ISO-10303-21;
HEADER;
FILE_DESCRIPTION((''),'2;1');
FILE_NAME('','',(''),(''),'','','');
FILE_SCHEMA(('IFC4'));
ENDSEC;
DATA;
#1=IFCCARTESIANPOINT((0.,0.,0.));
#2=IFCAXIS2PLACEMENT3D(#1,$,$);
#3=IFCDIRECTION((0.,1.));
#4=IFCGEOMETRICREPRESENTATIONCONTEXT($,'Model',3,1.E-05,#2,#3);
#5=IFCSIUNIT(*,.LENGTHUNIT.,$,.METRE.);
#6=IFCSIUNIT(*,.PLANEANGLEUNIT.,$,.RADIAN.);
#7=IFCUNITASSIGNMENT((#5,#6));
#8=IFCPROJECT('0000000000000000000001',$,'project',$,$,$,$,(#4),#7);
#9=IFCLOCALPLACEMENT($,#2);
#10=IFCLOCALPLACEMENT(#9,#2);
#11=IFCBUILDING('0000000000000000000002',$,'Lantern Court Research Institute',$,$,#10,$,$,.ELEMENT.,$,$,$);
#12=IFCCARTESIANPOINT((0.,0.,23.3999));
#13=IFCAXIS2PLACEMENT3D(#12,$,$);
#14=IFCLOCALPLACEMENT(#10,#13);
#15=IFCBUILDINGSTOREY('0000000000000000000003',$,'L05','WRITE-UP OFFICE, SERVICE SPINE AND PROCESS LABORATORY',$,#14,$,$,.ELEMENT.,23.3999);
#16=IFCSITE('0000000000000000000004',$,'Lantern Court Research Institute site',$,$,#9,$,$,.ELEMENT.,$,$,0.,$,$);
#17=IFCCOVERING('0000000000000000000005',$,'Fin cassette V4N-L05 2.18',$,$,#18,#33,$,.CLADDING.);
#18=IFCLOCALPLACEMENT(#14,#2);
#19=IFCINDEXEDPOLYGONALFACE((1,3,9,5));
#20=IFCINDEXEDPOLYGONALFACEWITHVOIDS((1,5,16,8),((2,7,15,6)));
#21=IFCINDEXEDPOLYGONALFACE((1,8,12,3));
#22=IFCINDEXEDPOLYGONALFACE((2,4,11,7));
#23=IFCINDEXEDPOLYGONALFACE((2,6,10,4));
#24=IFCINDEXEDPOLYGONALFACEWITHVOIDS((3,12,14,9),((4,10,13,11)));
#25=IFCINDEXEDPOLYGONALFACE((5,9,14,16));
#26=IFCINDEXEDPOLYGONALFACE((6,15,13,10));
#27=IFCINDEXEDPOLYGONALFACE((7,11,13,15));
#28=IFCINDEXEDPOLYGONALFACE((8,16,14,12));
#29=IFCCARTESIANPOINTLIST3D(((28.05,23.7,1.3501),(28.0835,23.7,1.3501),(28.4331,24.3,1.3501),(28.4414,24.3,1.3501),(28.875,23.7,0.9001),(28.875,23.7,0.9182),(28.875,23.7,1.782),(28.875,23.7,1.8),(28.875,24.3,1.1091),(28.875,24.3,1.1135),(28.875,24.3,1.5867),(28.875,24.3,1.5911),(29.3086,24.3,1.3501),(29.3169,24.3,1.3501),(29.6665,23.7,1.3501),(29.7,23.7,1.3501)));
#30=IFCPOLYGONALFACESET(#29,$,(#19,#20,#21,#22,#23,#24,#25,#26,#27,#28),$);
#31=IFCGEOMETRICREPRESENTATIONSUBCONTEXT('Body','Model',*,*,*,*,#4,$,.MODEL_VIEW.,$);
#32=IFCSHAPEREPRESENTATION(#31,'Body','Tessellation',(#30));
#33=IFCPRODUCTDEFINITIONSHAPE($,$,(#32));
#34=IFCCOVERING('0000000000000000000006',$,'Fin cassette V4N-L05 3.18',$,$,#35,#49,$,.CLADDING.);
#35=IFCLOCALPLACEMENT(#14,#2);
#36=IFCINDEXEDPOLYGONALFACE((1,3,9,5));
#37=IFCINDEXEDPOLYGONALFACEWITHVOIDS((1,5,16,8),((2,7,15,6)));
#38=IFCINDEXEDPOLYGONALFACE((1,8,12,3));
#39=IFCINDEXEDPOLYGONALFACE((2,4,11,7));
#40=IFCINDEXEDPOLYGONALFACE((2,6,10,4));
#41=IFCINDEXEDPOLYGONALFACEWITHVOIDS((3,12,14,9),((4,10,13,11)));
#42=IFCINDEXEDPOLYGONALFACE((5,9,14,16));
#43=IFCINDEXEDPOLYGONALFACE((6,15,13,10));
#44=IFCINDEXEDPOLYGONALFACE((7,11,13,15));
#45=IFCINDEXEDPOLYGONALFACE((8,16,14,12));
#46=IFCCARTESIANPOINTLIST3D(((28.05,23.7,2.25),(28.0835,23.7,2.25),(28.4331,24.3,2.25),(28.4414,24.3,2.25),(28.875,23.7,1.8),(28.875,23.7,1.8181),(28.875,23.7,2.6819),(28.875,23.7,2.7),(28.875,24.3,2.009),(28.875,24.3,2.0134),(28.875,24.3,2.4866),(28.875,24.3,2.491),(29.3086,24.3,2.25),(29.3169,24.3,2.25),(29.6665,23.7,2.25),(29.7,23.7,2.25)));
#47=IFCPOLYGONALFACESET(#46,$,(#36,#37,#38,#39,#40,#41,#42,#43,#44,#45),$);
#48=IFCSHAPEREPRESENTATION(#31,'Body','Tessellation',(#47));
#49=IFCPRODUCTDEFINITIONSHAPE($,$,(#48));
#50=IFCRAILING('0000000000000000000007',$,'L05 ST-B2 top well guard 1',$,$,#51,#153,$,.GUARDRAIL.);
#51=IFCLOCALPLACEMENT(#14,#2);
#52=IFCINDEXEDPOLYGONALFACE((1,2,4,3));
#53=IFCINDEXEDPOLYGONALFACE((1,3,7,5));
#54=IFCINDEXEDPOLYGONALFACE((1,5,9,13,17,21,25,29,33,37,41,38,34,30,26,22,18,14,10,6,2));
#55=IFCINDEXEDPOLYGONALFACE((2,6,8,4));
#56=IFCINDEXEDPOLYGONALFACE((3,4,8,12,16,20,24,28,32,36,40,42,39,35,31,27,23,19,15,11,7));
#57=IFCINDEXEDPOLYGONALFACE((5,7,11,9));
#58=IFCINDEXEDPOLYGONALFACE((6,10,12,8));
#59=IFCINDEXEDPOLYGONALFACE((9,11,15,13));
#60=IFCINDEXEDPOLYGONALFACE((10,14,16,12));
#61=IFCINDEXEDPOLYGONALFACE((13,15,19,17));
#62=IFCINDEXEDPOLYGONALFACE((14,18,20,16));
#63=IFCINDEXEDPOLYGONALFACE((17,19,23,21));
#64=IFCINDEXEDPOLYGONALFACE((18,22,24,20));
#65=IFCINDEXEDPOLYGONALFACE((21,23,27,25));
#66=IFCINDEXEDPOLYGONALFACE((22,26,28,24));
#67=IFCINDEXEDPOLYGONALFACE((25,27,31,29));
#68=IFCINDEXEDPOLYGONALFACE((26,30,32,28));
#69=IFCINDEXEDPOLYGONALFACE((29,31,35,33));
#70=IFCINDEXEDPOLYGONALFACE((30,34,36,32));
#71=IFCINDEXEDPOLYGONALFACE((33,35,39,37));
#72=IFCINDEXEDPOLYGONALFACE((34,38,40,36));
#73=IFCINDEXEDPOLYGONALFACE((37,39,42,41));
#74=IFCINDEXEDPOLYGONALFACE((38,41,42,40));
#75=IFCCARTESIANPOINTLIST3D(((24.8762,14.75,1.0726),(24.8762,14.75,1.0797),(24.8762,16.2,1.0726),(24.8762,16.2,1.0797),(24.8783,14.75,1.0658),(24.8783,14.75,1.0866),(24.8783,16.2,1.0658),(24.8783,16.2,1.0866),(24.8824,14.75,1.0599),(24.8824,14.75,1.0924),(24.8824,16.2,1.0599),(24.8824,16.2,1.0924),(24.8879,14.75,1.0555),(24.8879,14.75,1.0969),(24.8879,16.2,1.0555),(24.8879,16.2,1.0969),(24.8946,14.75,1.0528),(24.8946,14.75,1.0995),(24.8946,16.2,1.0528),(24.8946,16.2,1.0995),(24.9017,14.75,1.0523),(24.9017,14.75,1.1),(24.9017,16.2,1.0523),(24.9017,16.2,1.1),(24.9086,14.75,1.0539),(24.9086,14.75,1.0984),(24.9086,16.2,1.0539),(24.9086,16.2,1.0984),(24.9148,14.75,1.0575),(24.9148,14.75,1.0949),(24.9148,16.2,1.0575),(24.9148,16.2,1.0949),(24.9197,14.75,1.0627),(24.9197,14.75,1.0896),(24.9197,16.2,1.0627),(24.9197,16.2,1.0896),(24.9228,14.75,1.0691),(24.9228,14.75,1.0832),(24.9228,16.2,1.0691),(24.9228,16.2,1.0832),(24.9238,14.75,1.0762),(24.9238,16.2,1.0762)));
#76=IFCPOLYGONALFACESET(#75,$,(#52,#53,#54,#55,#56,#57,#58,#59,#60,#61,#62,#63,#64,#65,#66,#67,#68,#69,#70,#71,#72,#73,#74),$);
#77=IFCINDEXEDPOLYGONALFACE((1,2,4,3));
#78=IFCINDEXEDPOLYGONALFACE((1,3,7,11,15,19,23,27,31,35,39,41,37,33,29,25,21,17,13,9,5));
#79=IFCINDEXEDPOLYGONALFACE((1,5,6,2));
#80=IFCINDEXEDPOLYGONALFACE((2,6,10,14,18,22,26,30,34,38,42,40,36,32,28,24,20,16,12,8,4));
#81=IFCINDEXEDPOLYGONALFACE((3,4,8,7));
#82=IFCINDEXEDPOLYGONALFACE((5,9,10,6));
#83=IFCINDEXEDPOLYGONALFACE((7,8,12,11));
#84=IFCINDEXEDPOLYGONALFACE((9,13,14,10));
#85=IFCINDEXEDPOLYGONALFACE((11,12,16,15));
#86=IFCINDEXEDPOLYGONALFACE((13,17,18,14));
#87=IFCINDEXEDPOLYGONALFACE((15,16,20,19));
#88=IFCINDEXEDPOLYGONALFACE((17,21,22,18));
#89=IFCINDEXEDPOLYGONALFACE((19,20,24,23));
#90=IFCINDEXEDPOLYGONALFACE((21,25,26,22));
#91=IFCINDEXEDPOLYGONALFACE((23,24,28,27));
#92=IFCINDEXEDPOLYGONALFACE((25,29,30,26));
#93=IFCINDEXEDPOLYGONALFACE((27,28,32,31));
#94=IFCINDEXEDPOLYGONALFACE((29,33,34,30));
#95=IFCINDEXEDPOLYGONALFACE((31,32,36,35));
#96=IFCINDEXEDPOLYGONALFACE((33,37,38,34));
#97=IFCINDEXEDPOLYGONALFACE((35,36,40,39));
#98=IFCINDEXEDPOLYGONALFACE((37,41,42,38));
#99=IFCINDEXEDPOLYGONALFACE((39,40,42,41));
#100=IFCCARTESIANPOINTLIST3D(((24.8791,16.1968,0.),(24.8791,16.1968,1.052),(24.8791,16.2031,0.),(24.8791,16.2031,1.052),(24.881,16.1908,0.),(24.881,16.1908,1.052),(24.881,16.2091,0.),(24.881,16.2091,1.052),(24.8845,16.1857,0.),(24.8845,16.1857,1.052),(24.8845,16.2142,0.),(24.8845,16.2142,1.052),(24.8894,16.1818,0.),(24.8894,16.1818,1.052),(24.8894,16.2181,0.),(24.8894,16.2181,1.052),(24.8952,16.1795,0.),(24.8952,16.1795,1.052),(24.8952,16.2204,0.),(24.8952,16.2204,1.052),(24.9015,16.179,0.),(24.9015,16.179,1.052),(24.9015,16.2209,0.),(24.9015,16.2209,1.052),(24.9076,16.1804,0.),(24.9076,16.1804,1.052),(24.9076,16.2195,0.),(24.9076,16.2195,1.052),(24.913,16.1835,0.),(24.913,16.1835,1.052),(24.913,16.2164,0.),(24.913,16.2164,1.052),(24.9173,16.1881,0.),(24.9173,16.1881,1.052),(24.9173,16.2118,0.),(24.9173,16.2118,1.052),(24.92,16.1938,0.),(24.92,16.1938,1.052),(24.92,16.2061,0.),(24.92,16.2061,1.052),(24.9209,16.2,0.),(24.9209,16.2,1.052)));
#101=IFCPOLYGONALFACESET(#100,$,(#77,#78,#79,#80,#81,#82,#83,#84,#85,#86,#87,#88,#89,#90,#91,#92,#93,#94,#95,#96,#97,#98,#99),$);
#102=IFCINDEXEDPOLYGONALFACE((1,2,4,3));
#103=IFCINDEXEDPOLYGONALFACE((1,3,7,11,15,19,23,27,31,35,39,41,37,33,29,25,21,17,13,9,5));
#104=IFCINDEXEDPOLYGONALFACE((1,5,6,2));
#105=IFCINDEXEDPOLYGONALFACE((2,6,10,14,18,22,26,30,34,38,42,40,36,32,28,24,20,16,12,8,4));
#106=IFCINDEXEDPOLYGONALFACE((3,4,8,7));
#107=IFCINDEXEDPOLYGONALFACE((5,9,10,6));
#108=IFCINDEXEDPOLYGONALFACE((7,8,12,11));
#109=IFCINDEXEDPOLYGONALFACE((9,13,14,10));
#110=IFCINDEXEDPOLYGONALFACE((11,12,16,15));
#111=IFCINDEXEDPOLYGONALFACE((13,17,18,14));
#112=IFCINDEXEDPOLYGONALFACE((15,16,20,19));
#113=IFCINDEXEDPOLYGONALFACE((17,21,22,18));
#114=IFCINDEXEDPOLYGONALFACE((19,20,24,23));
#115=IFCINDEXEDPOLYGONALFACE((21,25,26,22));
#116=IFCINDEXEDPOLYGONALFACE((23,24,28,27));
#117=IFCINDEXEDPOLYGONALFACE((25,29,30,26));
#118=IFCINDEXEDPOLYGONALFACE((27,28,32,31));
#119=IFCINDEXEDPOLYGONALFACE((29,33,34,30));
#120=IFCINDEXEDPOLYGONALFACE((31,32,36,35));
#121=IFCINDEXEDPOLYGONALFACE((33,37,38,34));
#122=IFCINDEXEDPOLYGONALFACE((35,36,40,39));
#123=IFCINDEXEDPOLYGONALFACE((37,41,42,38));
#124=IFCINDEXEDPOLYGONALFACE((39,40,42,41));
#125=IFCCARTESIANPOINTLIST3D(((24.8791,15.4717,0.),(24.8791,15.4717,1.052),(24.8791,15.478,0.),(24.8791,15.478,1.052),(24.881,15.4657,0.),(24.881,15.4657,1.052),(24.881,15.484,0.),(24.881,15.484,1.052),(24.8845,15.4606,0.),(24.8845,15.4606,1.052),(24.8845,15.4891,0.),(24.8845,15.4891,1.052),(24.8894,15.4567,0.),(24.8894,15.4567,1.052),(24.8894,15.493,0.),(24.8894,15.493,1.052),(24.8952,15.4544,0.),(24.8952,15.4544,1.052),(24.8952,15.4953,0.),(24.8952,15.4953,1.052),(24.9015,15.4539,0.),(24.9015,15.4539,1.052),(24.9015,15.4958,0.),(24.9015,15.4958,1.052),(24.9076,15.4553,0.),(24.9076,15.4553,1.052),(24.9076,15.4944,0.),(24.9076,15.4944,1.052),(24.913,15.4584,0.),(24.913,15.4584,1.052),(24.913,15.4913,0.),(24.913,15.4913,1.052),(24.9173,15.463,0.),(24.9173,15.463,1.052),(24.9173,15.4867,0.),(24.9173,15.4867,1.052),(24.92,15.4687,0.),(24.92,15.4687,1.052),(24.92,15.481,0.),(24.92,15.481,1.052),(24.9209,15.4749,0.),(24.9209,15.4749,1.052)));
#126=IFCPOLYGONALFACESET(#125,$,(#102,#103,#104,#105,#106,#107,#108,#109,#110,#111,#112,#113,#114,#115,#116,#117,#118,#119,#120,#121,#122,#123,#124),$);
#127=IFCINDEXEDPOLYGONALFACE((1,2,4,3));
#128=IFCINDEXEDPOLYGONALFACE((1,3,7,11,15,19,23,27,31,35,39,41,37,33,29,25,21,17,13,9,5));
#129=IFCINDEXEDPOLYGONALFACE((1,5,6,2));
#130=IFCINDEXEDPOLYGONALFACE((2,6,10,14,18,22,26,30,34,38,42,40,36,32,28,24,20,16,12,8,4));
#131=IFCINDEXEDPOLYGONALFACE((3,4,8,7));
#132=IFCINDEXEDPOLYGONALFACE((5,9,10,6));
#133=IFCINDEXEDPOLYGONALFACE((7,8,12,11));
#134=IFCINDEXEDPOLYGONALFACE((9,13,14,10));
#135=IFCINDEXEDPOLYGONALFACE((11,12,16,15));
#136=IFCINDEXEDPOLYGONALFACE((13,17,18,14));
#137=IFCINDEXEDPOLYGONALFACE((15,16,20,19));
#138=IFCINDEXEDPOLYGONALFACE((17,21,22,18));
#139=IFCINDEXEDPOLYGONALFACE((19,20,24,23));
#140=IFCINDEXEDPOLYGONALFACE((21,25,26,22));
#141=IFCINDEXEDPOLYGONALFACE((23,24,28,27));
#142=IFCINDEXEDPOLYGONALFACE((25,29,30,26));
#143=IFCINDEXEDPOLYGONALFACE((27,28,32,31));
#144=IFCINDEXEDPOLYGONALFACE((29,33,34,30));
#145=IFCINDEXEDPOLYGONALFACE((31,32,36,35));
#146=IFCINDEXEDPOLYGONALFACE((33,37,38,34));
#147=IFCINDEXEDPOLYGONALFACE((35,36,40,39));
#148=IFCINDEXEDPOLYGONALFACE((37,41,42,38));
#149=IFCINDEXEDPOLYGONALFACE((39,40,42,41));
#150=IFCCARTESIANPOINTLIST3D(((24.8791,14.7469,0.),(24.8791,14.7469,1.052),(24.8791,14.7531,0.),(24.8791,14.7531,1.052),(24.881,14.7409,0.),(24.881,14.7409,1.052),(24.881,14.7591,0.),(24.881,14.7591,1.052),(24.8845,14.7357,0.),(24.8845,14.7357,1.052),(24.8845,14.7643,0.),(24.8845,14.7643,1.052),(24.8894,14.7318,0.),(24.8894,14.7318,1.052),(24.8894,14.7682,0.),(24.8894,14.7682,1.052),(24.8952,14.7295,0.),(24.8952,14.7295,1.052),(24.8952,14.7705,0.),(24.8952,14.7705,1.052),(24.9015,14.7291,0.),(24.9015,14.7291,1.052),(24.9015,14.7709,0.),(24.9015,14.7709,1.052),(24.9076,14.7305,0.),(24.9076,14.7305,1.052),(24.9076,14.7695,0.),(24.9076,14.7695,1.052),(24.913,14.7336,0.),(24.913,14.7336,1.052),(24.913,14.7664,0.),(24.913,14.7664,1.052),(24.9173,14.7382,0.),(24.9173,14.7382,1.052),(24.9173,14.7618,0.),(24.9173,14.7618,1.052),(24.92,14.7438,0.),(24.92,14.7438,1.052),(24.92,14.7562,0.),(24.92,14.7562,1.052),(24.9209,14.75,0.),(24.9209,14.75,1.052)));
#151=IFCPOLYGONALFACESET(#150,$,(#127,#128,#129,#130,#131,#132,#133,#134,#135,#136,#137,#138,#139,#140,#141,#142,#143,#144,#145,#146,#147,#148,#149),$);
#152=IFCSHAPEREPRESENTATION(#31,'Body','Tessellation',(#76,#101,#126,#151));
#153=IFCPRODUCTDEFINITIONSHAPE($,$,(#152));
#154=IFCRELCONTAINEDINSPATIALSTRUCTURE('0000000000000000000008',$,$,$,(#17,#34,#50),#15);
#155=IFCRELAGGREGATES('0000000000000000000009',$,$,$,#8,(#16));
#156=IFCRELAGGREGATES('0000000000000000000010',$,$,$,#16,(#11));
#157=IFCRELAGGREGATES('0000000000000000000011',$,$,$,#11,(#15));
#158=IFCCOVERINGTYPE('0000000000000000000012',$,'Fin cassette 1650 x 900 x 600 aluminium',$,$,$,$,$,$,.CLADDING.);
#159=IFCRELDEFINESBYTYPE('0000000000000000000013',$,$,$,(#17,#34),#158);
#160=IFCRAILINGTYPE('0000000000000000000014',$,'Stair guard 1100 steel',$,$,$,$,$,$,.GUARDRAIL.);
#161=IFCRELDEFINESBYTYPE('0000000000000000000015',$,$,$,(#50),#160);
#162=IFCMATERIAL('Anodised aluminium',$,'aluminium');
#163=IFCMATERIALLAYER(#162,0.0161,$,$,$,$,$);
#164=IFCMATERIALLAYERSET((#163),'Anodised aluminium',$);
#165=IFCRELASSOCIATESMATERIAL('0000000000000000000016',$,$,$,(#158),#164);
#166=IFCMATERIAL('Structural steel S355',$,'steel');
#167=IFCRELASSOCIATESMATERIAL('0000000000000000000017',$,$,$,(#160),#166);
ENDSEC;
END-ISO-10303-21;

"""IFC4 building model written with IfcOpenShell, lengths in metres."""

from ifc_helpers import new_model, entity, si_unit, direction, frame, origin, origin_2d, place, context, subcontext, project, spatial, circle, extrude, material, layer, layer_set, type_object, element, save


model = new_model("IFC4")

# Units and contexts
model_context = context("Model", 3, precision=1e-05, world=origin(), true_north=direction((0.0, 1.0)))
body_context = subcontext(model_context, "Body", "Model", "MODEL_VIEW")
ifc_project = project(units=[si_unit("LENGTHUNIT", "METRE"), si_unit("PLANEANGLEUNIT", "RADIAN")], contexts=[model_context])

# Site, building, storey
site_placement = place(None, origin())
site = spatial("IfcSite", under=ifc_project, at=site_placement, Name="Lantern Court Research Institute site", CompositionType="ELEMENT", RefElevation=0.0)
building_placement = place(site_placement, origin())
building = spatial("IfcBuilding", under=site, at=building_placement, Name="Lantern Court Research Institute", CompositionType="ELEMENT")
storey_placement = place(building_placement, frame((0.0, 0.0, 23.3999)))
storey = spatial("IfcBuildingStorey", under=building, at=storey_placement, Name="L05", Description="WRITE-UP OFFICE, SERVICE SPINE AND PROCESS LABORATORY", CompositionType="ELEMENT", Elevation=23.3999)

# Coverings
ifc_material_1 = material(Name="Anodised aluminium", Category="aluminium")
ifc_layer_1 = layer(ifc_material_1, 0.0161)
ifc_layer_set_1 = layer_set([ifc_layer_1], Name="Anodised aluminium")
covering_type = type_object("IfcCoveringType", Name="Fin cassette 1650 x 900 x 600 aluminium", PredefinedType="CLADDING", material=ifc_layer_set_1)
covering_1_placement = place(storey_placement, frame((28.875, 23.7, 1.3501), z_axis=(0.0, 1.0, 0.0), x_axis=(-1.0, 0.0, 0.0)))
cartesian_point_1 = entity("IfcCartesianPoint", [0.825, 0.0])
cartesian_point_2 = entity("IfcCartesianPoint", [0.7915, 0.0])
cartesian_point_3 = entity("IfcCartesianPoint", [0.4419, 0.0])
cartesian_point_4 = entity("IfcCartesianPoint", [0.4336, 0.0])
element("IfcCovering", 1, at=covering_1_placement, inside=storey, type_object=covering_type, Name="Fin cassette V4N-L05 2.18", PredefinedType="CLADDING", context=body_context, shape_type="SweptSolid", body=[
    entity("IfcExtrudedAreaSolidTapered", entity("IfcArbitraryProfileDefWithVoids", "AREA", None, entity("IfcPolyline", [cartesian_point_1, entity("IfcCartesianPoint", [0.0, 0.45]), entity("IfcCartesianPoint", [-0.825, 0.0]), entity("IfcCartesianPoint", [0.0, -0.45]), cartesian_point_1]), [entity("IfcPolyline", [cartesian_point_2, entity("IfcCartesianPoint", [0.0, 0.4319]), entity("IfcCartesianPoint", [-0.7915, 0.0]), entity("IfcCartesianPoint", [0.0, -0.4319]), cartesian_point_2])]), entity("IfcAxis2Placement3D", entity("IfcCartesianPoint", [0.0, 0.0, 0.0])), entity("IfcDirection", [0.0, 0.0, 1.0]), 0.6001, entity("IfcArbitraryProfileDefWithVoids", "AREA", None, entity("IfcPolyline", [cartesian_point_3, entity("IfcCartesianPoint", [0.0, 0.241]), entity("IfcCartesianPoint", [-0.4419, 0.0]), entity("IfcCartesianPoint", [0.0, -0.241]), cartesian_point_3]), [entity("IfcPolyline", [cartesian_point_4, entity("IfcCartesianPoint", [0.0, 0.2366]), entity("IfcCartesianPoint", [-0.4336, 0.0]), entity("IfcCartesianPoint", [0.0, -0.2366]), cartesian_point_4])])),
])
covering_2_placement = place(storey_placement, frame((28.875, 23.7, 2.25), z_axis=(0.0, 1.0, 0.0), x_axis=(-1.0, 0.0, 0.0)))
cartesian_point_5 = entity("IfcCartesianPoint", [0.825, 0.0])
cartesian_point_6 = entity("IfcCartesianPoint", [0.7915, 0.0])
cartesian_point_7 = entity("IfcCartesianPoint", [0.4419, 0.0])
cartesian_point_8 = entity("IfcCartesianPoint", [0.4336, 0.0])
element("IfcCovering", 2, at=covering_2_placement, inside=storey, type_object=covering_type, Name="Fin cassette V4N-L05 3.18", PredefinedType="CLADDING", context=body_context, shape_type="SweptSolid", body=[
    entity("IfcExtrudedAreaSolidTapered", entity("IfcArbitraryProfileDefWithVoids", "AREA", None, entity("IfcPolyline", [cartesian_point_5, entity("IfcCartesianPoint", [0.0, 0.45]), entity("IfcCartesianPoint", [-0.825, 0.0]), entity("IfcCartesianPoint", [0.0, -0.45]), cartesian_point_5]), [entity("IfcPolyline", [cartesian_point_6, entity("IfcCartesianPoint", [0.0, 0.4319]), entity("IfcCartesianPoint", [-0.7915, 0.0]), entity("IfcCartesianPoint", [0.0, -0.4319]), cartesian_point_6])]), entity("IfcAxis2Placement3D", entity("IfcCartesianPoint", [0.0, 0.0, 0.0])), entity("IfcDirection", [0.0, 0.0, 1.0]), 0.6001, entity("IfcArbitraryProfileDefWithVoids", "AREA", None, entity("IfcPolyline", [cartesian_point_7, entity("IfcCartesianPoint", [0.0, 0.241]), entity("IfcCartesianPoint", [-0.4419, 0.0]), entity("IfcCartesianPoint", [0.0, -0.241]), cartesian_point_7]), [entity("IfcPolyline", [cartesian_point_8, entity("IfcCartesianPoint", [0.0, 0.2366]), entity("IfcCartesianPoint", [-0.4336, 0.0]), entity("IfcCartesianPoint", [0.0, -0.2366]), cartesian_point_8])])),
])

# Railing
ifc_material_2 = material(Name="Structural steel S355", Category="steel")
railing_type = type_object("IfcRailingType", Name="Stair guard 1100 steel", PredefinedType="GUARDRAIL", material=ifc_material_2)
railing_placement = place(storey_placement, frame((24.8999, 16.2, 0.0)))
element("IfcRailing", 3, at=railing_placement, inside=storey, type_object=railing_type, Name="L05 ST-B2 top well guard 1", PredefinedType="GUARDRAIL", context=body_context, shape_type="SweptSolid", body=[
    extrude(circle(Radius=0.0239, at=origin_2d()), frame((0.0, 0.0, 1.0762), z_axis=(0.0, -1.0, 0.0), x_axis=(1.0, 0.0, 0.0)), (0.0, 0.0, 1.0), 1.45),
    extrude(circle(Radius=0.021, at=origin_2d()), origin(), (0.0, 0.0, 1.0), 1.052),
    extrude(circle(Radius=0.021, at=origin_2d()), frame((0.0, -0.7251, 0.0)), (0.0, 0.0, 1.0), 1.052),
    extrude(circle(Radius=0.021, at=origin_2d()), frame((0.0, -1.45, 0.0)), (0.0, 0.0, 1.0), 1.052),
])

save(model, "model.ifc")
